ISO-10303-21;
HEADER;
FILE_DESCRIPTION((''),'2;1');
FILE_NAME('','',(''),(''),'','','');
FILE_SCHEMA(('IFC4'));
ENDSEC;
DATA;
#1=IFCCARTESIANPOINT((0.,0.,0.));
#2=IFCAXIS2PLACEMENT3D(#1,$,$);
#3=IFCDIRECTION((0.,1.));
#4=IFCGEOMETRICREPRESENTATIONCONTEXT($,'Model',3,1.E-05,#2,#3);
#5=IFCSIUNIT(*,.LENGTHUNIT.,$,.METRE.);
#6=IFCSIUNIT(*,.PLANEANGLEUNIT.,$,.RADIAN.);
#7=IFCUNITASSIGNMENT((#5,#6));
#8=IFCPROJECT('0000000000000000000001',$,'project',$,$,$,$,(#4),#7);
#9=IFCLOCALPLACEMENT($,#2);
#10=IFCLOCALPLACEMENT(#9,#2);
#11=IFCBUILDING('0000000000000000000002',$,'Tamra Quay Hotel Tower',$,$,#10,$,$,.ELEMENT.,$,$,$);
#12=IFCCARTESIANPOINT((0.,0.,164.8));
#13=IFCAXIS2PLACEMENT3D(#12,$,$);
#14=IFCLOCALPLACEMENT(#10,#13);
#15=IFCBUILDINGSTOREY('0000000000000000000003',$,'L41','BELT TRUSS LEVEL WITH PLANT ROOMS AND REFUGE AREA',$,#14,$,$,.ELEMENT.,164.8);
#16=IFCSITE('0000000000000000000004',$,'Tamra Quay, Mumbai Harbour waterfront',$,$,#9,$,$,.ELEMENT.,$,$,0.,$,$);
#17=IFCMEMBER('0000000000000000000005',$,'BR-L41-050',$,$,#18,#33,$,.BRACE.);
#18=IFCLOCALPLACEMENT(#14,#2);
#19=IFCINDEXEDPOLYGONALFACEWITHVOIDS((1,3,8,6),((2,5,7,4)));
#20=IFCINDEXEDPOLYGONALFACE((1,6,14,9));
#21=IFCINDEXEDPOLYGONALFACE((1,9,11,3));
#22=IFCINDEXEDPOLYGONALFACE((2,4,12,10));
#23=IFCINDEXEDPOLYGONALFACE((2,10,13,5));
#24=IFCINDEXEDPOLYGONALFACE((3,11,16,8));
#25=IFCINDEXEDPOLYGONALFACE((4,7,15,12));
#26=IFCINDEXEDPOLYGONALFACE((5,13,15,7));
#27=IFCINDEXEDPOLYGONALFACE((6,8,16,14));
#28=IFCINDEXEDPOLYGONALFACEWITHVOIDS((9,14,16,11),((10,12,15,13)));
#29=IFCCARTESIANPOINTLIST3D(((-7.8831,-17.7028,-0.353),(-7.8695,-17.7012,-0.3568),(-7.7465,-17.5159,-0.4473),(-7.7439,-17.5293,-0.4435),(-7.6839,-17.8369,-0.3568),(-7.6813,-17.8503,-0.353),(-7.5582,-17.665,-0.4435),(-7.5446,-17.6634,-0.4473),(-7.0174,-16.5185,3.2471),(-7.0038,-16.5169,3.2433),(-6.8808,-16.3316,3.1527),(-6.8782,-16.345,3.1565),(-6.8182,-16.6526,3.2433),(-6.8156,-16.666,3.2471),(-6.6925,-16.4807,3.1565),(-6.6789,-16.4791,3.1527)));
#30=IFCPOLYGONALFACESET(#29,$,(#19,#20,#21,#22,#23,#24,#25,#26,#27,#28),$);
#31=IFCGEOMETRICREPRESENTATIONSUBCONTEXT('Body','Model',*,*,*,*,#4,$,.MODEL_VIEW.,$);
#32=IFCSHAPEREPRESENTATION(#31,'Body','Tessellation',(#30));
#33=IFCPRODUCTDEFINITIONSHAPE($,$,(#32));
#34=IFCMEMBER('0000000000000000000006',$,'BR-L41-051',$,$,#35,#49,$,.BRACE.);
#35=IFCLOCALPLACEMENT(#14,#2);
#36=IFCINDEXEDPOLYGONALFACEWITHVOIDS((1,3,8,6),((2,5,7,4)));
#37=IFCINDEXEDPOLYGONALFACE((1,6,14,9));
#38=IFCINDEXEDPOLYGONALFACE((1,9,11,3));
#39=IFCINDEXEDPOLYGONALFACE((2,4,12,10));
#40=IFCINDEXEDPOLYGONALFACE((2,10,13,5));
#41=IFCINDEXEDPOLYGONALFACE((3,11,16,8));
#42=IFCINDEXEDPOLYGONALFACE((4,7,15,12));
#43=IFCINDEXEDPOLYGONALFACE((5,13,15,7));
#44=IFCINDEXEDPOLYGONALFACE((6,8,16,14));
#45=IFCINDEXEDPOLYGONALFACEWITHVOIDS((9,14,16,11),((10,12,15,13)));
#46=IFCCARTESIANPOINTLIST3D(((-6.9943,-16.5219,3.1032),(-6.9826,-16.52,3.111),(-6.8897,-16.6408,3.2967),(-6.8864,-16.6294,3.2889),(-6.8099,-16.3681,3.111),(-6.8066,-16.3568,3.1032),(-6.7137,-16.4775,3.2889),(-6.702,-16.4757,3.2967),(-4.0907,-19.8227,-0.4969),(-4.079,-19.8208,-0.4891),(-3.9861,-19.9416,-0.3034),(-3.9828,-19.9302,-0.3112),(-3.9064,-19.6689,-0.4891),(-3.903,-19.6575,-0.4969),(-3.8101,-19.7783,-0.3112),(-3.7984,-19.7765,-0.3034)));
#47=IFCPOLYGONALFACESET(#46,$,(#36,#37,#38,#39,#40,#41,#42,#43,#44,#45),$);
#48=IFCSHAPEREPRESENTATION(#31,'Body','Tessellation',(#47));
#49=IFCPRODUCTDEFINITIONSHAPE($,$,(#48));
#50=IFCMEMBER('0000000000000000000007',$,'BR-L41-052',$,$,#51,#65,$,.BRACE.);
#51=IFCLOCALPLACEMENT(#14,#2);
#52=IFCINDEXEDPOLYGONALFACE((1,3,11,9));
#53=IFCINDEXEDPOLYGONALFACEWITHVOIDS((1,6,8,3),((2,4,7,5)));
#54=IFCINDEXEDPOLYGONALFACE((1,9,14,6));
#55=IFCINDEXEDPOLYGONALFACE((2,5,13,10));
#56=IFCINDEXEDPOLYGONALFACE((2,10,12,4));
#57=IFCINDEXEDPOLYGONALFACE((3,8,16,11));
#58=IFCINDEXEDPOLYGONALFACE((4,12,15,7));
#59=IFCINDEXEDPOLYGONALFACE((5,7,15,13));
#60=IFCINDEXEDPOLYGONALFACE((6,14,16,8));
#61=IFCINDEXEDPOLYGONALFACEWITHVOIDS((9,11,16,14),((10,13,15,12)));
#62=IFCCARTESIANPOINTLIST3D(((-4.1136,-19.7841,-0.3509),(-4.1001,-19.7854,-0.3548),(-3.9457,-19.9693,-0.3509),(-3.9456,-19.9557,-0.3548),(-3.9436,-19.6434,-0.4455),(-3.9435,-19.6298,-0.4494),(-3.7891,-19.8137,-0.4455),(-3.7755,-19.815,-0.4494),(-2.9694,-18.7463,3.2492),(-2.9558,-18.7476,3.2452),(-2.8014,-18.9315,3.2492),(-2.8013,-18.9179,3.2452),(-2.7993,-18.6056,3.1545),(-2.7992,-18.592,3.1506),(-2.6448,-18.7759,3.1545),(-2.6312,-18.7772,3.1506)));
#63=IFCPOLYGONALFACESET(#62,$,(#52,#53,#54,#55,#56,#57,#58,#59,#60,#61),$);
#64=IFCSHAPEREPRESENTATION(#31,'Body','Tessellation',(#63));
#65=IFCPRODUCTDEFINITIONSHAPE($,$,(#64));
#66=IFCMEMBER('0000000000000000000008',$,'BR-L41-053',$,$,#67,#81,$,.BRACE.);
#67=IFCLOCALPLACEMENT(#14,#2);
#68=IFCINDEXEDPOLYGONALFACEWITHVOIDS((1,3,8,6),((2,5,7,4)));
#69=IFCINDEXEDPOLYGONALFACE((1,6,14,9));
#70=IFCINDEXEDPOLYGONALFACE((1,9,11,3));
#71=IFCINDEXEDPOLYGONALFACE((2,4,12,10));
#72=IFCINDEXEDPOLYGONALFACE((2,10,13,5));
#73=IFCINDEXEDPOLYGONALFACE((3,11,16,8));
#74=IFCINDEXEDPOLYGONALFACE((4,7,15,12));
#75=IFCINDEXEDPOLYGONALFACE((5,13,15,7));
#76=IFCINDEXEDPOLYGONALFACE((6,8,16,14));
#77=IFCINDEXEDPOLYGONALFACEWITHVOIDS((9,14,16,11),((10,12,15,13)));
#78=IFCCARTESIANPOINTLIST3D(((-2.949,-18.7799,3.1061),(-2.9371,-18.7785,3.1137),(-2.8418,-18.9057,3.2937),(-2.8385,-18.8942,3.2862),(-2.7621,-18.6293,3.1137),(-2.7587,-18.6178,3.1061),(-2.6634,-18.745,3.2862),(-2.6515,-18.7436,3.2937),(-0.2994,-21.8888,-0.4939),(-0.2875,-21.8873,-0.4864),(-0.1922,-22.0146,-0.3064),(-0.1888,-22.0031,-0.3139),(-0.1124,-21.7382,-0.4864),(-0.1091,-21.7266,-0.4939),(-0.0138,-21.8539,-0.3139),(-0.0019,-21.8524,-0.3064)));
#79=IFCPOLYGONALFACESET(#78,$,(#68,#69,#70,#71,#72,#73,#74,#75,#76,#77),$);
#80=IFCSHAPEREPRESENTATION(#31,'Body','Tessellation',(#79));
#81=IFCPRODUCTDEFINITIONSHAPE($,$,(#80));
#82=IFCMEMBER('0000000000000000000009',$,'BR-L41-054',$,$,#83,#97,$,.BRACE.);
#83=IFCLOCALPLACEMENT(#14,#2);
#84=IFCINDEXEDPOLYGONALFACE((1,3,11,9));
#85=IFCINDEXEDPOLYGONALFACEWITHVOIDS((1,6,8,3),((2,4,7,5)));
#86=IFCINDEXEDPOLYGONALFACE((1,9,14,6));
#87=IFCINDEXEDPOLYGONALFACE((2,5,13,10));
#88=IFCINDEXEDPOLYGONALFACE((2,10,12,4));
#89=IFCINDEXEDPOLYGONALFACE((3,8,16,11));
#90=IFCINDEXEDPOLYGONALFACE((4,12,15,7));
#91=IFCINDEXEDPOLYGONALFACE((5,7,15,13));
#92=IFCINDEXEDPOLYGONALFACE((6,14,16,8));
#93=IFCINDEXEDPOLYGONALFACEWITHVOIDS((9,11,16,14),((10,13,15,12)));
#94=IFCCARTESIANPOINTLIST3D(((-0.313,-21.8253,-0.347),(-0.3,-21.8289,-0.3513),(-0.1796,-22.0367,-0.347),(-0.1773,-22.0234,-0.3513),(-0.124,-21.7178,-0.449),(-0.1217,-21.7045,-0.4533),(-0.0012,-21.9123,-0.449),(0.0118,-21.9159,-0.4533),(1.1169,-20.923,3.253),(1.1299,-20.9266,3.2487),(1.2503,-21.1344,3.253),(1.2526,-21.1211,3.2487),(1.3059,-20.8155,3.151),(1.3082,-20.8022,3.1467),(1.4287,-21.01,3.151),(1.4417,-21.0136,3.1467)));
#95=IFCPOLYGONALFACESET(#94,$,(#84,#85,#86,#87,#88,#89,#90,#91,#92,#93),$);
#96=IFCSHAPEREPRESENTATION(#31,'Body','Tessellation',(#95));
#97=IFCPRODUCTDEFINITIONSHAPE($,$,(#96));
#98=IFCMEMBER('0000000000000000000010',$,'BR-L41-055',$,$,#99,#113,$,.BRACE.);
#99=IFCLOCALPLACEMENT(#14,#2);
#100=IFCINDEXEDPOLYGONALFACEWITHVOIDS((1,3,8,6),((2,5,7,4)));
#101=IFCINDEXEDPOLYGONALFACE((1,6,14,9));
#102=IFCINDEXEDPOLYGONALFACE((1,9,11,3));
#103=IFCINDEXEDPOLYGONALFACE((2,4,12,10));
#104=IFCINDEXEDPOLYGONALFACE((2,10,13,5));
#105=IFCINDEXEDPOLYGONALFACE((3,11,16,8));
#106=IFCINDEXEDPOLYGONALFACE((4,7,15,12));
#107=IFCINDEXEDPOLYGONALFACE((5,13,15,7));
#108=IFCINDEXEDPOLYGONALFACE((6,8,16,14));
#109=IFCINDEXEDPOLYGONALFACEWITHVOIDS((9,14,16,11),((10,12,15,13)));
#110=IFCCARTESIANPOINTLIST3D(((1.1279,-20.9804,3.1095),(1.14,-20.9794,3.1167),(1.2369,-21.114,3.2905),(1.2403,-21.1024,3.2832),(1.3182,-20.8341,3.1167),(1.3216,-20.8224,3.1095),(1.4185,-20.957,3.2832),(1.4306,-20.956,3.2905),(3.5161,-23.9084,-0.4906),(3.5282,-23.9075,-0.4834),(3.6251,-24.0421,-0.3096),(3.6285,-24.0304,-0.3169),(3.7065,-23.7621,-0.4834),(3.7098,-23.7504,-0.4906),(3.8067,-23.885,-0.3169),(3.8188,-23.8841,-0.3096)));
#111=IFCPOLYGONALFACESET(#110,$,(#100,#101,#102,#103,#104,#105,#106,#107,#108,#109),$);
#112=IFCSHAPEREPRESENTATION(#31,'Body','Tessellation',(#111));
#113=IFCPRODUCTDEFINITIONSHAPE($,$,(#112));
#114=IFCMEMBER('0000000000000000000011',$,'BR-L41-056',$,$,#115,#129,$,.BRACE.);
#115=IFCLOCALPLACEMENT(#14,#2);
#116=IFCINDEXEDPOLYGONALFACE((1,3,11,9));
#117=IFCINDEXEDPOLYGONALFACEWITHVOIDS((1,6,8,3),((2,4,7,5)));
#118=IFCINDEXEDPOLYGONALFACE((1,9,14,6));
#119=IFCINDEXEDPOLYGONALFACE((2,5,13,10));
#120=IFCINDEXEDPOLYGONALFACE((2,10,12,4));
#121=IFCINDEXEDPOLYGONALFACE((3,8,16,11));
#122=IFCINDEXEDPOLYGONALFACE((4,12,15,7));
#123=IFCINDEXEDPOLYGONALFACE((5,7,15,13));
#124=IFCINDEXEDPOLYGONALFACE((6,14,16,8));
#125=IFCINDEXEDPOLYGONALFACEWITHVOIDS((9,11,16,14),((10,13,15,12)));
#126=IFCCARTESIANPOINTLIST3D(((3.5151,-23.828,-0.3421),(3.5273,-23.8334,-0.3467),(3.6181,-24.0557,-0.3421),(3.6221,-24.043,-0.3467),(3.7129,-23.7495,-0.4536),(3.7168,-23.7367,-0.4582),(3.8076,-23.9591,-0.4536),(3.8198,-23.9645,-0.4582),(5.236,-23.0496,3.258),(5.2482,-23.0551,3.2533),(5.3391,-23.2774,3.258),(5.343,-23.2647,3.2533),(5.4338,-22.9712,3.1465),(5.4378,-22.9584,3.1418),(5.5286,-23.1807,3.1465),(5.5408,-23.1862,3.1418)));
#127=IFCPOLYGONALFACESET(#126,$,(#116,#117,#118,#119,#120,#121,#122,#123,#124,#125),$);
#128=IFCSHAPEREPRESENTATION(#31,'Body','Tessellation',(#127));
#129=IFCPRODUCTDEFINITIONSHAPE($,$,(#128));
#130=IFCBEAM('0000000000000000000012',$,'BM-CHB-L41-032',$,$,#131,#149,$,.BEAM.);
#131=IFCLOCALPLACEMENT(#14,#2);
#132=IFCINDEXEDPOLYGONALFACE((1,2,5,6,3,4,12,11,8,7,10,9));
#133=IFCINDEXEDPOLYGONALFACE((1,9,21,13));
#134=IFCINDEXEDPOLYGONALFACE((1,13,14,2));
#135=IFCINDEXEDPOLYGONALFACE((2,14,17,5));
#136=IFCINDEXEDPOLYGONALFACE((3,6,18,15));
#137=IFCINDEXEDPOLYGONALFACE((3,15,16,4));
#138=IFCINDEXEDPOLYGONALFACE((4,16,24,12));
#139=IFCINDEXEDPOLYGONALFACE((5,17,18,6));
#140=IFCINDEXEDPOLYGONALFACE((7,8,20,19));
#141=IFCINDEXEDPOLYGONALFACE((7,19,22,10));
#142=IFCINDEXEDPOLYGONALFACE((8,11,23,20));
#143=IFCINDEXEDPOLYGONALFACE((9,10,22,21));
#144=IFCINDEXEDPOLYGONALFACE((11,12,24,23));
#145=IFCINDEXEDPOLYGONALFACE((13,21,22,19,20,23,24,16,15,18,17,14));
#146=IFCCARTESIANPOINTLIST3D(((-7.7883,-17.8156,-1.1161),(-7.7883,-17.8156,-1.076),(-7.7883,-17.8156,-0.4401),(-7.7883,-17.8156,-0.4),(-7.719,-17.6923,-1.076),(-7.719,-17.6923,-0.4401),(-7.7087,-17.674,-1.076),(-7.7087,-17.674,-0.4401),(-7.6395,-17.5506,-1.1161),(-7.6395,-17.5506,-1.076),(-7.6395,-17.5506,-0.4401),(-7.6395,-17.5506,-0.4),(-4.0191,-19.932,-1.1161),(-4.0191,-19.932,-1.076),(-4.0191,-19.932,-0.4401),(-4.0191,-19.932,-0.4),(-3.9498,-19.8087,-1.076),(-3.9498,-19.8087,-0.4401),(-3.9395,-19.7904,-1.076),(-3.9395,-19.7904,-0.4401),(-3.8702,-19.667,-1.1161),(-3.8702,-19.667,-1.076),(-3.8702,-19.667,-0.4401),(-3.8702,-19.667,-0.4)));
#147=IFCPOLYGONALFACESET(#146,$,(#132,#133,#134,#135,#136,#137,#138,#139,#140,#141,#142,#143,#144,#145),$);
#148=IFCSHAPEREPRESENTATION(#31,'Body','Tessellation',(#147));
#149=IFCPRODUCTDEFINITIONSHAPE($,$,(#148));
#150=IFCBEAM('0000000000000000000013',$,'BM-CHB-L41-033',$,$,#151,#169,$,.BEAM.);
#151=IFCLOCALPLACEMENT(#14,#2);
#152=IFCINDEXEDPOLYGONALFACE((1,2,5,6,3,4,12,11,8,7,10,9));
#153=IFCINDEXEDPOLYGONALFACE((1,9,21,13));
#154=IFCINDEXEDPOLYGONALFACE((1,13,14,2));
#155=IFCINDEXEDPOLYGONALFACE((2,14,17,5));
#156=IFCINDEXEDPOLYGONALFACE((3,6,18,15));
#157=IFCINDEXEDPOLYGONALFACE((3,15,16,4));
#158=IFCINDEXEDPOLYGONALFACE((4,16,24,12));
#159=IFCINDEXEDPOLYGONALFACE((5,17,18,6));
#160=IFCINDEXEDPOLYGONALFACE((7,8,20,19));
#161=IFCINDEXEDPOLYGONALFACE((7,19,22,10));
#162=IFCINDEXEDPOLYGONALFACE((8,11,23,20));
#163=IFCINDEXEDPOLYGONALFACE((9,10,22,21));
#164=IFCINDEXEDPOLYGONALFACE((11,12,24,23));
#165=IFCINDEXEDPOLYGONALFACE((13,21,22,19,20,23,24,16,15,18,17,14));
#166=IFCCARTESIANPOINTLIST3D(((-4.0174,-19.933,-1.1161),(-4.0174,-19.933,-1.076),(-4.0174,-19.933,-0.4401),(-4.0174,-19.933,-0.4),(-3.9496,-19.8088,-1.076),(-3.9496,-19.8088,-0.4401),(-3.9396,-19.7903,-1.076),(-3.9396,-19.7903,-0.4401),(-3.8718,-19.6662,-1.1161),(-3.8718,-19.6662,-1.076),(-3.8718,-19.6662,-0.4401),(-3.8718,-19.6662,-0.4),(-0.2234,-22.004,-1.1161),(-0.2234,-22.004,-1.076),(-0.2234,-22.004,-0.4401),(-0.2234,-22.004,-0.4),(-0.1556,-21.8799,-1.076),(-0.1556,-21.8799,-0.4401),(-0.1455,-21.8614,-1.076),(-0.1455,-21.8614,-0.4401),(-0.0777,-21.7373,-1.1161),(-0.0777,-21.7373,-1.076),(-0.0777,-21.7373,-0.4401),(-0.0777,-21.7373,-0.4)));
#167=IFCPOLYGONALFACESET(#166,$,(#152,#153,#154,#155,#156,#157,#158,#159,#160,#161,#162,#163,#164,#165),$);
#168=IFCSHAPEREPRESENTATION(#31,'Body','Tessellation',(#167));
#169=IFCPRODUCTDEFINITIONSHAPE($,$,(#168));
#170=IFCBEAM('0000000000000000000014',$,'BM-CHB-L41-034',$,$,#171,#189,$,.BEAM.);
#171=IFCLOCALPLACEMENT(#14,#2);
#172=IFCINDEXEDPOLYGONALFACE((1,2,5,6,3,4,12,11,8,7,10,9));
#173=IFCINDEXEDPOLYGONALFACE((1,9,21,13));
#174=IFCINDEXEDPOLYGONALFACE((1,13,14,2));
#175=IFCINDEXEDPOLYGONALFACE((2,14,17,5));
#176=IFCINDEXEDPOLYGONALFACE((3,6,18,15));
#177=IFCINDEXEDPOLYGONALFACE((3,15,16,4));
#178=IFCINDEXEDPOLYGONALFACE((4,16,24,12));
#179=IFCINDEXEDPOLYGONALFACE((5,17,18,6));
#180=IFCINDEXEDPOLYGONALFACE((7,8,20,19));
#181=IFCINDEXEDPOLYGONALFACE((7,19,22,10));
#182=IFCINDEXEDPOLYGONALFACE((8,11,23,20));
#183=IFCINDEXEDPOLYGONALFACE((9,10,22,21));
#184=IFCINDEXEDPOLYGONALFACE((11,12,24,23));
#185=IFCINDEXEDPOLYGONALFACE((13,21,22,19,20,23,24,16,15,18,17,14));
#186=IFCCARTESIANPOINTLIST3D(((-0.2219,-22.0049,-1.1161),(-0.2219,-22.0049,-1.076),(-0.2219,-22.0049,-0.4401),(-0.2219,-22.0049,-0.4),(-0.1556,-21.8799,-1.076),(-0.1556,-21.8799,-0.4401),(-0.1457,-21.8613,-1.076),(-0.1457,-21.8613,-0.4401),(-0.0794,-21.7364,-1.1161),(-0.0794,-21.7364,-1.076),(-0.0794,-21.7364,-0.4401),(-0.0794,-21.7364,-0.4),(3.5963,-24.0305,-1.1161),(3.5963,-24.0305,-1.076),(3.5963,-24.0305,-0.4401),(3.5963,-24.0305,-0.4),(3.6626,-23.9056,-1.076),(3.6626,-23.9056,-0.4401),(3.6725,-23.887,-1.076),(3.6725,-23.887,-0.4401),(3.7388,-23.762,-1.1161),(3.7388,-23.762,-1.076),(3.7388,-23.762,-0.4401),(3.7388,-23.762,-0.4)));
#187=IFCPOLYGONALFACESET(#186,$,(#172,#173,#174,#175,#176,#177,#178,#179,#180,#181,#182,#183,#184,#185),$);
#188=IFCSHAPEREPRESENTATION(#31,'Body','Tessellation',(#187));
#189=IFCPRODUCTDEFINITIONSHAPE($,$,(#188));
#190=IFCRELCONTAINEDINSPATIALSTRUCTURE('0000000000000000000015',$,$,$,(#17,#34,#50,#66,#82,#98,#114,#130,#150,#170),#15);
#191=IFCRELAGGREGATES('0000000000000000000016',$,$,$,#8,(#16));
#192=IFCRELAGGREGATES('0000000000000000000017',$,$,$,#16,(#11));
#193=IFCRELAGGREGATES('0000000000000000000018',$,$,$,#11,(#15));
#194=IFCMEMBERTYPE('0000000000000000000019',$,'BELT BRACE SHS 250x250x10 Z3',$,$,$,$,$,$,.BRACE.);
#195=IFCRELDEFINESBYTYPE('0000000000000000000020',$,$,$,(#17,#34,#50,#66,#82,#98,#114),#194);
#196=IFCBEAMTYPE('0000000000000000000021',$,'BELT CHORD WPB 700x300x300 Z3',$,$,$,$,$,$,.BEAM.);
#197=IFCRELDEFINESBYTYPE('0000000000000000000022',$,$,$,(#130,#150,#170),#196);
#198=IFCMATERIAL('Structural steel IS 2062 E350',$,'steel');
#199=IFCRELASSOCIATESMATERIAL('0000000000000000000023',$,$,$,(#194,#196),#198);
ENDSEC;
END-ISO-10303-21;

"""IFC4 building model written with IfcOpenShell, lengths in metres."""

from ifc_helpers import new_model, si_unit, direction, frame, origin, origin_2d, place, context, subcontext, project, spatial, hollow_rectangle, i_section, extrude, material, material_profile, profile_set, type_object, element, save


model = new_model("IFC4")

# Units and contexts
model_context = context("Model", 3, precision=1e-05, world=origin(), true_north=direction((0.0, 1.0)))
body_context = subcontext(model_context, "Body", "Model", "MODEL_VIEW")
ifc_project = project(units=[si_unit("LENGTHUNIT", "METRE"), si_unit("PLANEANGLEUNIT", "RADIAN")], contexts=[model_context])

# Site, building, storey
site_placement = place(None, origin())
site = spatial("IfcSite", under=ifc_project, at=site_placement, Name="Tamra Quay, Mumbai Harbour waterfront", CompositionType="ELEMENT", RefElevation=0.0)
building_placement = place(site_placement, origin())
building = spatial("IfcBuilding", under=site, at=building_placement, Name="Tamra Quay Hotel Tower", CompositionType="ELEMENT")
storey_placement = place(building_placement, frame((0.0, 0.0, 164.8)))
storey = spatial("IfcBuildingStorey", under=building, at=storey_placement, Name="L41", Description="BELT TRUSS LEVEL WITH PLANT ROOMS AND REFUGE AREA", CompositionType="ELEMENT", Elevation=164.8)

# Members
ifc_material_1 = material(Name="Structural steel IS 2062 E350", Category="steel")
ifc_material_profile_1 = material_profile(ifc_material_1, hollow_rectangle(XDim=0.25, YDim=0.25, WallThickness=0.01, at=origin_2d()), Name="SHS 250x250x10")
ifc_profile_set_1 = profile_set([ifc_material_profile_1], Name="Structural steel IS 2062 E350")
member_type = type_object("IfcMemberType", Name="BELT BRACE SHS 250x250x10 Z3", PredefinedType="BRACE", material=ifc_profile_set_1)
member_1_placement = place(storey_placement, frame((-7.7139, -17.6831, -0.4001), z_axis=(0.222693, 0.304648, 0.926066), x_axis=(-0.807309, 0.590129, 0.0)))
element("IfcMember", 1, at=member_1_placement, inside=storey, type_object=member_type, Name="BR-L41-050", PredefinedType="BRACE", context=body_context, shape_type="SweptSolid", body=[
    extrude(hollow_rectangle(XDim=0.25, YDim=0.25, WallThickness=0.01, at=origin_2d()), origin(), (0.0, 0.0, 1.0), 3.8875),
])
member_2_placement = place(storey_placement, frame((-3.9446, -19.7996, -0.4001), z_axis=(-0.511, 0.580906, 0.633583), x_axis=(-0.75084, -0.660484, 0.0)))
element("IfcMember", 2, at=member_2_placement, inside=storey, type_object=member_type, Name="BR-L41-051", PredefinedType="BRACE", context=body_context, shape_type="SweptSolid", body=[
    extrude(hollow_rectangle(XDim=0.25, YDim=0.25, WallThickness=0.01, at=origin_2d()), origin(), (0.0, 0.0, 1.0), 5.6821),
])
member_3_placement = place(storey_placement, frame((-3.9446, -19.7996, -0.4001), z_axis=(0.292092, 0.264921, 0.918966), x_axis=(-0.671815, 0.740719, 0.0)))
element("IfcMember", 3, at=member_3_placement, inside=storey, type_object=member_type, Name="BR-L41-052", PredefinedType="BRACE", context=body_context, shape_type="SweptSolid", body=[
    extrude(hollow_rectangle(XDim=0.25, YDim=0.25, WallThickness=0.01, at=origin_2d()), origin(), (0.0, 0.0, 1.0), 3.9175),
])
member_4_placement = place(storey_placement, frame((-0.1506, -21.8706, -0.4001), z_axis=(-0.486634, 0.570976, 0.661191), x_axis=(-0.76108, -0.648658, 0.0)))
element("IfcMember", 4, at=member_4_placement, inside=storey, type_object=member_type, Name="BR-L41-053", PredefinedType="BRACE", context=body_context, shape_type="SweptSolid", body=[
    extrude(hollow_rectangle(XDim=0.25, YDim=0.25, WallThickness=0.01, at=origin_2d()), origin(), (0.0, 0.0, 1.0), 5.4448),
])
member_5_placement = place(storey_placement, frame((-0.1506, -21.8706, -0.4001), z_axis=(0.359515, 0.226868, 0.905141), x_axis=(-0.533667, 0.845695, 0.0)))
element("IfcMember", 5, at=member_5_placement, inside=storey, type_object=member_type, Name="BR-L41-054", PredefinedType="BRACE", context=body_context, shape_type="SweptSolid", body=[
    extrude(hollow_rectangle(XDim=0.25, YDim=0.25, WallThickness=0.01, at=origin_2d()), origin(), (0.0, 0.0, 1.0), 3.9773),
])
member_6_placement = place(storey_placement, frame((3.6675, -23.8962, -0.4001), z_axis=(-0.457601, 0.561031, 0.689816), x_axis=(-0.774921, -0.632058, 0.0)))
element("IfcMember", 6, at=member_6_placement, inside=storey, type_object=member_type, Name="BR-L41-055", PredefinedType="BRACE", context=body_context, shape_type="SweptSolid", body=[
    extrude(hollow_rectangle(XDim=0.25, YDim=0.25, WallThickness=0.01, at=origin_2d()), origin(), (0.0, 0.0, 1.0), 5.219),
])
member_7_placement = place(storey_placement, frame((3.6675, -23.8962, -0.4001), z_axis=(0.423307, 0.191446, 0.885528), x_axis=(-0.412078, 0.911148, 0.0)))
element("IfcMember", 7, at=member_7_placement, inside=storey, type_object=member_type, Name="BR-L41-056", PredefinedType="BRACE", context=body_context, shape_type="SweptSolid", body=[
    extrude(hollow_rectangle(XDim=0.25, YDim=0.25, WallThickness=0.01, at=origin_2d()), origin(), (0.0, 0.0, 1.0), 4.0654),
])

# Beams
ifc_material_profile_2 = material_profile(ifc_material_1, i_section(OverallWidth=0.304, OverallDepth=0.7161, WebThickness=0.021, FlangeThickness=0.04, at=origin_2d()), Name="WPB 700x300x300")
ifc_profile_set_2 = profile_set([ifc_material_profile_2], Name="Structural steel IS 2062 E350")
beam_type_1 = type_object("IfcBeamType", Name="BELT CHORD WPB 700x300x300 Z3", PredefinedType="BEAM", material=ifc_profile_set_2)
beam_1_placement = place(storey_placement, frame((-7.7139, -17.6831, -0.7581), z_axis=(0.871948, -0.489599, 0.0), x_axis=(0.489599, 0.871948, 0.0)))
element("IfcBeam", 8, at=beam_1_placement, inside=storey, type_object=beam_type_1, Name="BM-CHB-L41-032", PredefinedType="BEAM", context=body_context, shape_type="SweptSolid", body=[
    extrude(i_section(OverallWidth=0.304, OverallDepth=0.7161, WebThickness=0.021, FlangeThickness=0.04, at=origin_2d()), origin(), (0.0, 0.0, 1.0), 4.3228),
])
beam_2_placement = place(storey_placement, frame((-3.9446, -19.7996, -0.7581), z_axis=(0.877738, -0.479141, 0.0), x_axis=(0.479141, 0.877738, 0.0)))
element("IfcBeam", 9, at=beam_2_placement, inside=storey, type_object=beam_type_1, Name="BM-CHB-L41-033", PredefinedType="BEAM", context=body_context, shape_type="SweptSolid", body=[
    extrude(i_section(OverallWidth=0.304, OverallDepth=0.7161, WebThickness=0.021, FlangeThickness=0.04, at=origin_2d()), origin(), (0.0, 0.0, 1.0), 4.3225),
])
beam_3_placement = place(storey_placement, frame((-0.1506, -21.8706, -0.7581), z_axis=(0.883378, -0.468661, 0.0), x_axis=(0.468661, 0.883378, 0.0)))
element("IfcBeam", 10, at=beam_3_placement, inside=storey, type_object=beam_type_1, Name="BM-CHB-L41-034", PredefinedType="BEAM", context=body_context, shape_type="SweptSolid", body=[
    extrude(i_section(OverallWidth=0.304, OverallDepth=0.7161, WebThickness=0.021, FlangeThickness=0.04, at=origin_2d()), origin(), (0.0, 0.0, 1.0), 4.3223),
])

save(model, "model.ifc")
